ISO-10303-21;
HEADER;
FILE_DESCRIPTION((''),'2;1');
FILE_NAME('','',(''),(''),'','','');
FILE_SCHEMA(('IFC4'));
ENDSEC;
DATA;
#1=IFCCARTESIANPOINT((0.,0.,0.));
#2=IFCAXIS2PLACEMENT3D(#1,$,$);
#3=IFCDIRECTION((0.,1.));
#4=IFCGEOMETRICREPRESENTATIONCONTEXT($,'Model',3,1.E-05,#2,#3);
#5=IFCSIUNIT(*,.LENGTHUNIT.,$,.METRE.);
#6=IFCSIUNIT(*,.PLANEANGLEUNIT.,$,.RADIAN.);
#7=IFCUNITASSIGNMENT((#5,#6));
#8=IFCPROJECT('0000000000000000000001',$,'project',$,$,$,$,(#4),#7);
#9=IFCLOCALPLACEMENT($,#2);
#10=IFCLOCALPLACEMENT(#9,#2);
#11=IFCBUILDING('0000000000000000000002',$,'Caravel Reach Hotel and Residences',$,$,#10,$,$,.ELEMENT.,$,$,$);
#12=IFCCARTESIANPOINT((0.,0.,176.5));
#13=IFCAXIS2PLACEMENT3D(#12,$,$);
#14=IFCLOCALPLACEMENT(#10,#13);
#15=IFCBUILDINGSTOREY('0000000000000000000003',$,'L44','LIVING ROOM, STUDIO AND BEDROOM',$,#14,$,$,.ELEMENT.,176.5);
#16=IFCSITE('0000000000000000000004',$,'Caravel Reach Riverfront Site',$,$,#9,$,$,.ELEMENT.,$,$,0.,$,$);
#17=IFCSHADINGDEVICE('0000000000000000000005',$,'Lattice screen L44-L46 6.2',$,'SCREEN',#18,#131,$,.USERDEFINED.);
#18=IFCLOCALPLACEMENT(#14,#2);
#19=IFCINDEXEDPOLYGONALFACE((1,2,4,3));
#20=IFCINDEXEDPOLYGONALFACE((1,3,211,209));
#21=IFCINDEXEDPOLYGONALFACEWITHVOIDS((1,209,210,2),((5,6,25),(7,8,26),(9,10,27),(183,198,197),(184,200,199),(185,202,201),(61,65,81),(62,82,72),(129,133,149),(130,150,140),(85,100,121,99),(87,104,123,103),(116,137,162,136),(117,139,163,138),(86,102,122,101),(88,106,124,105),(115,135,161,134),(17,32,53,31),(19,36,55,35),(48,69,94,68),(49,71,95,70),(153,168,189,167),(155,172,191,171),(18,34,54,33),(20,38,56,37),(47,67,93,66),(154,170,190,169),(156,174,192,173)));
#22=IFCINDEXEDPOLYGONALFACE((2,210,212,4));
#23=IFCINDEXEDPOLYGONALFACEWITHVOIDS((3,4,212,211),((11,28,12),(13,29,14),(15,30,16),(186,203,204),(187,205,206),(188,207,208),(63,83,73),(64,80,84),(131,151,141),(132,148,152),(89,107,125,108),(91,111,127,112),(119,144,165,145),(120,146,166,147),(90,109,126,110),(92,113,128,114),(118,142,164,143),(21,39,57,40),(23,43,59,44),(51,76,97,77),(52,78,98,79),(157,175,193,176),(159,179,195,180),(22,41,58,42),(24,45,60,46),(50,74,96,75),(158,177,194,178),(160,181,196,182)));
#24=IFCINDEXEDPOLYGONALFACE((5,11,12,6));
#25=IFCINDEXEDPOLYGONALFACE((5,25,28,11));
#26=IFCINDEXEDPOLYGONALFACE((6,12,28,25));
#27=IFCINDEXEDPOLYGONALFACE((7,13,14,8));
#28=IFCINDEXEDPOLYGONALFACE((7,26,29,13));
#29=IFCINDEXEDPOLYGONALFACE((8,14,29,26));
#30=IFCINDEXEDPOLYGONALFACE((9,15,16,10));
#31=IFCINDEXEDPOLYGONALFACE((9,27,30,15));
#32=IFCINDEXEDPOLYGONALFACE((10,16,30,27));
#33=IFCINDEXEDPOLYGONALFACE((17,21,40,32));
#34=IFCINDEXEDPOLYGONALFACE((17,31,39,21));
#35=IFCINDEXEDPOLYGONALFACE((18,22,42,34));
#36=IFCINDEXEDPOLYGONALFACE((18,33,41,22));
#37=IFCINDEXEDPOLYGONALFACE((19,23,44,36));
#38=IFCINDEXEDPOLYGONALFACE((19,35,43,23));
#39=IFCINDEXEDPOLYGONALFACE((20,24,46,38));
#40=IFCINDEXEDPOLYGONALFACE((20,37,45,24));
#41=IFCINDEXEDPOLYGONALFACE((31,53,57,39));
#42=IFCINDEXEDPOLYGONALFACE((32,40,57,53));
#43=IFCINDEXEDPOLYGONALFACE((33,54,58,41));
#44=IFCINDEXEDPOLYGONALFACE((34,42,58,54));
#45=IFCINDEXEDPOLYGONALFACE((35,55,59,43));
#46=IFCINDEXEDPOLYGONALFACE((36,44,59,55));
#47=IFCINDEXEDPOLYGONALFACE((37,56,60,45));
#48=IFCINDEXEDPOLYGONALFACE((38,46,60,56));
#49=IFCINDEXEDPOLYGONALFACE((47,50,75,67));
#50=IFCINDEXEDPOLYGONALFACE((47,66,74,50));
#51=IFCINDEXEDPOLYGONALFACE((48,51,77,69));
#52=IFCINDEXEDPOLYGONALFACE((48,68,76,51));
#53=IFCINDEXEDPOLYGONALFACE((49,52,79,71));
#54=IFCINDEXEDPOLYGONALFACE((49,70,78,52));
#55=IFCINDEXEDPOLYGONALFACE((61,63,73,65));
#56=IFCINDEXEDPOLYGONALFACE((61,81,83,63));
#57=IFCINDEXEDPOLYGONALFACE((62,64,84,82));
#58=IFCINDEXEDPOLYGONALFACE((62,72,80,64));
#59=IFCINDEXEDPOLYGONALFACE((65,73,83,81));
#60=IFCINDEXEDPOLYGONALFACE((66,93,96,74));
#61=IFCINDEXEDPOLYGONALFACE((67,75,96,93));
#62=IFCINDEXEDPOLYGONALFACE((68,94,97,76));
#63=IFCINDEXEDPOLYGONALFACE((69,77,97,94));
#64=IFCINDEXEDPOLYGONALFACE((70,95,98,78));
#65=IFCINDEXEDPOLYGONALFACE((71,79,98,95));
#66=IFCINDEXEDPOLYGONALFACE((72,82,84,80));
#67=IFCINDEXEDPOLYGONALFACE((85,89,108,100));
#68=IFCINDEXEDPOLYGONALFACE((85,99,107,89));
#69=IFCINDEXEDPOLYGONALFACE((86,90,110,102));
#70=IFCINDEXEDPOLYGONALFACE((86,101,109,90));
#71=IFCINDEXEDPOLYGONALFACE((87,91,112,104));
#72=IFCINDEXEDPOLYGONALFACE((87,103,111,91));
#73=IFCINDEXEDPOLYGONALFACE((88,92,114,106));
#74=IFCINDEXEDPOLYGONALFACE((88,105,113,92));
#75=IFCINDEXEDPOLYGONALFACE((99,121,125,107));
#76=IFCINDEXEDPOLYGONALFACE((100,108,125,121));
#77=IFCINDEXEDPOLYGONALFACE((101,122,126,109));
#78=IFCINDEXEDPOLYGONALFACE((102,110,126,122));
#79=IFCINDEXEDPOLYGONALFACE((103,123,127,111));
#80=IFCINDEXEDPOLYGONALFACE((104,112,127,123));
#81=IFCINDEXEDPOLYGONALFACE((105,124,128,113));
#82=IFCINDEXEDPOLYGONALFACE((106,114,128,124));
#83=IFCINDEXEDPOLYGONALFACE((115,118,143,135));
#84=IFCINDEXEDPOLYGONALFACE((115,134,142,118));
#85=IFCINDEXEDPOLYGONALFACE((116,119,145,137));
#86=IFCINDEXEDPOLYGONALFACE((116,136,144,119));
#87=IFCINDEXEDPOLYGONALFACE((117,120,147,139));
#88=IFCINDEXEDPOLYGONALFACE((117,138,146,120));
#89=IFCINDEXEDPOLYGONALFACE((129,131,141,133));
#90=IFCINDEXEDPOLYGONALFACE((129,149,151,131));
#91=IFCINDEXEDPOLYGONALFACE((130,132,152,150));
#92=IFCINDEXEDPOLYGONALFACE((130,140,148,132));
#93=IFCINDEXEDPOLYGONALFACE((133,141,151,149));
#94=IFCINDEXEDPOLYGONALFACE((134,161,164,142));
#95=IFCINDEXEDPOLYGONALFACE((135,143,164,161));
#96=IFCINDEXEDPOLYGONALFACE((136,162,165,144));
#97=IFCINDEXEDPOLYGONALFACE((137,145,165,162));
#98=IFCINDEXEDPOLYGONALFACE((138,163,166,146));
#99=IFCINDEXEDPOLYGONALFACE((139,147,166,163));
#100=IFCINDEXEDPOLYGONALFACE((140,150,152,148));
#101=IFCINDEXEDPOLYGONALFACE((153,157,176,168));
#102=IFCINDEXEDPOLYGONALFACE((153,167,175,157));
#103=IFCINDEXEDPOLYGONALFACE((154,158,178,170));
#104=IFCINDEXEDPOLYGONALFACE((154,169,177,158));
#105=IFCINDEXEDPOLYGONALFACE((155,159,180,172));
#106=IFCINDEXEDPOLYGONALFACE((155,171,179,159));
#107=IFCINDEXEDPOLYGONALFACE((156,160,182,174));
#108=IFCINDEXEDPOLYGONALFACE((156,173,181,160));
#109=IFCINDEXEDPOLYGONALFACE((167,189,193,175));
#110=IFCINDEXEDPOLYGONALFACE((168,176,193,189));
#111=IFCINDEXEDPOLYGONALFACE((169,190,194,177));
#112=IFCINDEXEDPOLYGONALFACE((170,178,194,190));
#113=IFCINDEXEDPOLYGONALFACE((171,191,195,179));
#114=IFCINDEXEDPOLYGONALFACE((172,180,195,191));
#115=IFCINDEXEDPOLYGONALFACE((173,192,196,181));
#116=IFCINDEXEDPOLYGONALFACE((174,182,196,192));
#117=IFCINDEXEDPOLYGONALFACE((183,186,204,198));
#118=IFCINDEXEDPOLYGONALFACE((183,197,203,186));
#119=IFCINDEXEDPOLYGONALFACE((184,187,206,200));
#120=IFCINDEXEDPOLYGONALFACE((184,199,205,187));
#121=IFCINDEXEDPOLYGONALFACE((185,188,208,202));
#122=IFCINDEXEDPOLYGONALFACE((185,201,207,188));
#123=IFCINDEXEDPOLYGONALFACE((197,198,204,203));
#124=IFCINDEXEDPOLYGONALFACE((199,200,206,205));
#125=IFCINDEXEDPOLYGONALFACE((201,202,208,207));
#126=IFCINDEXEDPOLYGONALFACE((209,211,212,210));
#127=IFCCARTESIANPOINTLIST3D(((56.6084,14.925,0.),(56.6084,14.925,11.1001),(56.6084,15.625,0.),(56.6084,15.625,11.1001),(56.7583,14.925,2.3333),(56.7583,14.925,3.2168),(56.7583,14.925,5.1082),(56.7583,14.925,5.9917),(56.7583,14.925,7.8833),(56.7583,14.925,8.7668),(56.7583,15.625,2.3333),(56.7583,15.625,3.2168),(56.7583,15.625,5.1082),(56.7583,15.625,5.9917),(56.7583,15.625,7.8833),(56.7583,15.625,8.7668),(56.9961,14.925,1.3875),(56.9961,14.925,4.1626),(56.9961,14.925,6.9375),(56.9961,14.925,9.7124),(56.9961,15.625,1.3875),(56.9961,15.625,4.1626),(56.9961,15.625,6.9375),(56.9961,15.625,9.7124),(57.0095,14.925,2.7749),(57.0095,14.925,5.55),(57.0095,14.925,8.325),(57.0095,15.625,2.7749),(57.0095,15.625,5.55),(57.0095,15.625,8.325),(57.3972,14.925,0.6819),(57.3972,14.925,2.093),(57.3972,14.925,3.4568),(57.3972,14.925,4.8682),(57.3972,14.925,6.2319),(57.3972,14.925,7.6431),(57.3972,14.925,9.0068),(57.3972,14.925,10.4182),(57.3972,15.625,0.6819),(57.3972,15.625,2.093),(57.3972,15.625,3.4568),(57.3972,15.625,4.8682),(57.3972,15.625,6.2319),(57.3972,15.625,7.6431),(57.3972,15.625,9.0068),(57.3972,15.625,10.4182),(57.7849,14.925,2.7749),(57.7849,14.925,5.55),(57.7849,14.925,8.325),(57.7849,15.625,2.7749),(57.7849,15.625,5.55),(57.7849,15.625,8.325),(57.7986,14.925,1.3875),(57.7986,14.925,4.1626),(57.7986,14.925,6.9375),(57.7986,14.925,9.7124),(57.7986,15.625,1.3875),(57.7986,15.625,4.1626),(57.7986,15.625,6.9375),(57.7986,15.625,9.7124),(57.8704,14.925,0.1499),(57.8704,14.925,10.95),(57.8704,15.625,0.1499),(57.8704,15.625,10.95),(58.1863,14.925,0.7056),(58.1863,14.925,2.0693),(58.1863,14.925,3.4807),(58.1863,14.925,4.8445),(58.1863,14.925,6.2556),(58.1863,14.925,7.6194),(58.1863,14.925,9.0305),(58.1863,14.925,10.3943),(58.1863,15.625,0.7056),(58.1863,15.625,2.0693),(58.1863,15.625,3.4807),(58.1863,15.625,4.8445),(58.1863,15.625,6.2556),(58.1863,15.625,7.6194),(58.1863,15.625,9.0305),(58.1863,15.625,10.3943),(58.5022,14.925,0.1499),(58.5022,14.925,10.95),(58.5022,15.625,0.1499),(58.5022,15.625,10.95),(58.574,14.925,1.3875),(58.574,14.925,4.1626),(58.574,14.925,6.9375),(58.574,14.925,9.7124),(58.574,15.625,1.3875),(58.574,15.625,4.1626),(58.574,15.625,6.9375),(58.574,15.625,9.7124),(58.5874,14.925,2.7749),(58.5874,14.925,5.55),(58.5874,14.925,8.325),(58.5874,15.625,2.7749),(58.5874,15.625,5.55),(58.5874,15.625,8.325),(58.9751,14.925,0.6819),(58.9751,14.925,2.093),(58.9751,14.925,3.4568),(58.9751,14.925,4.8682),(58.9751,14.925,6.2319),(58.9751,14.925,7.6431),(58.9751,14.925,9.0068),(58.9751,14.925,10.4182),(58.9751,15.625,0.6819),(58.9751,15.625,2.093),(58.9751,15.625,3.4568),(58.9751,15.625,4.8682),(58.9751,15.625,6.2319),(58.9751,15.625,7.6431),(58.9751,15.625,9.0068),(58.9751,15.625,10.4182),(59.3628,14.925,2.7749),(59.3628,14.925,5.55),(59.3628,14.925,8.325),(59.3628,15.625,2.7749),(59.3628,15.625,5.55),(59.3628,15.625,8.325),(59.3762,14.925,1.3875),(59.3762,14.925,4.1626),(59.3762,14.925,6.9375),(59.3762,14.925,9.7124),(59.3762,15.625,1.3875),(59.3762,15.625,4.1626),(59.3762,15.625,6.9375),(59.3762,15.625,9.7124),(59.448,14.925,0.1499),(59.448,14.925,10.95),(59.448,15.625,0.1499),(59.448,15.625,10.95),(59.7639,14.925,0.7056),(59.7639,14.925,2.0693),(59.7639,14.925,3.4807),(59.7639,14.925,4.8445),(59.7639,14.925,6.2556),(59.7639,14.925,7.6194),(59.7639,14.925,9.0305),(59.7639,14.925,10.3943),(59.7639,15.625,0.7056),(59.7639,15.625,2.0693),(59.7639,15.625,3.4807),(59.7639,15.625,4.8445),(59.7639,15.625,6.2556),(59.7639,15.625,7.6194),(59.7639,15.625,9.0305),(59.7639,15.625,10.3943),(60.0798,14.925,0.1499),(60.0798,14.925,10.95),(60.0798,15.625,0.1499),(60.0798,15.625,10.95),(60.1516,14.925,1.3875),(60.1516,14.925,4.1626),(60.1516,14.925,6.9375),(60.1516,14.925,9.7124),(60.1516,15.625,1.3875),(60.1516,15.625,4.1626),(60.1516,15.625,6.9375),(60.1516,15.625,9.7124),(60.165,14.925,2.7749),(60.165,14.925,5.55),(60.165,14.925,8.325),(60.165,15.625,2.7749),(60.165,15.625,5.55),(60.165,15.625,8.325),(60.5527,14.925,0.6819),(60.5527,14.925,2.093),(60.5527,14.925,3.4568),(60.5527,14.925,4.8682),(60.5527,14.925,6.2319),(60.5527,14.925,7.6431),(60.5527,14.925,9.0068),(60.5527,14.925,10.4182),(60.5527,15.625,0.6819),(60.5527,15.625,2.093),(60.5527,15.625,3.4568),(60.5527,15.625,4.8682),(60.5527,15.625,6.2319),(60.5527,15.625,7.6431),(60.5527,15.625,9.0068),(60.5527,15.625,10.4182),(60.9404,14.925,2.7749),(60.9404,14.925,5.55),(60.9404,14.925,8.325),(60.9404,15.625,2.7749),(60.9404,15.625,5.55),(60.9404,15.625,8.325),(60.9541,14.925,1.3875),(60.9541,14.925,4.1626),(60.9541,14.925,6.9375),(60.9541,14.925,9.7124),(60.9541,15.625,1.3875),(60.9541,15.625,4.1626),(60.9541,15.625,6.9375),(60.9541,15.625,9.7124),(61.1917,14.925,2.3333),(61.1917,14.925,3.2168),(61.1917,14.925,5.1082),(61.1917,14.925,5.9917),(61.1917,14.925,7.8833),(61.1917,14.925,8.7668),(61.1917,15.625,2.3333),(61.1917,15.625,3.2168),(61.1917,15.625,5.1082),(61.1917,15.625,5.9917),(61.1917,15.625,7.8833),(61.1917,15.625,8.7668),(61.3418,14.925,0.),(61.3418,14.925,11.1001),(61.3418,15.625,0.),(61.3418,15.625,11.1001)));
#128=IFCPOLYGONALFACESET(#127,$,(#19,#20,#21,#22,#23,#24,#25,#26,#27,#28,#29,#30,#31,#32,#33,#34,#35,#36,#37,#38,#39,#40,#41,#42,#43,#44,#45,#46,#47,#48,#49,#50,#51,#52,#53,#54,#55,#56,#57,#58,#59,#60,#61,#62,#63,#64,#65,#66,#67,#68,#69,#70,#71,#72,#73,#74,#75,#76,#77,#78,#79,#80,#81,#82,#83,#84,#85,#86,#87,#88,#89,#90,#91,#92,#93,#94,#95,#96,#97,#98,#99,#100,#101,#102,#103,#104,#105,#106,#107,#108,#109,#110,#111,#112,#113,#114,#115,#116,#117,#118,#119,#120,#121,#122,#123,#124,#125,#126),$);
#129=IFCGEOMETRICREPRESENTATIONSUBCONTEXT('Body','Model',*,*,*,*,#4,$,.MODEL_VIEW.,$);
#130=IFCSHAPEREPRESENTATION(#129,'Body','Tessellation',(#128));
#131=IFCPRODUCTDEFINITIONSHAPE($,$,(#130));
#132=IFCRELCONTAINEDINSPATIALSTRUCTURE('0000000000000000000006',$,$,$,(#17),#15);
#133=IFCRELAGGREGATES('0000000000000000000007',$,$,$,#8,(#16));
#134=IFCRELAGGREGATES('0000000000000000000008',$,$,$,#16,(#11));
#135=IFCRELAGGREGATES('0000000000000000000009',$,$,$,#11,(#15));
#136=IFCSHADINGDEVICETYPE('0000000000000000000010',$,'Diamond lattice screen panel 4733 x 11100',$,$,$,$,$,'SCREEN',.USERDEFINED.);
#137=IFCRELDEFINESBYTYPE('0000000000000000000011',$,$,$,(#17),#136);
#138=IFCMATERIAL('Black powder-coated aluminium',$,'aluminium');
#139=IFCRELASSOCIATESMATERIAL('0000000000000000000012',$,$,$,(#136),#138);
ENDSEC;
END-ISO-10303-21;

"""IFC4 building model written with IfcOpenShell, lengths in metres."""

from ifc_helpers import new_model, si_unit, direction, frame, origin, place, context, subcontext, project, spatial, polyline, outline, extrude, material, type_object, element, save


model = new_model("IFC4")

# Units and contexts
model_context = context("Model", 3, precision=1e-05, world=origin(), true_north=direction((0.0, 1.0)))
body_context = subcontext(model_context, "Body", "Model", "MODEL_VIEW")
ifc_project = project(units=[si_unit("LENGTHUNIT", "METRE"), si_unit("PLANEANGLEUNIT", "RADIAN")], contexts=[model_context])

# Site, building, storey
site_placement = place(None, origin())
site = spatial("IfcSite", under=ifc_project, at=site_placement, Name="Caravel Reach Riverfront Site", CompositionType="ELEMENT", RefElevation=0.0)
building_placement = place(site_placement, origin())
building = spatial("IfcBuilding", under=site, at=building_placement, Name="Caravel Reach Hotel and Residences", CompositionType="ELEMENT")
storey_placement = place(building_placement, frame((0.0, 0.0, 176.5)))
storey = spatial("IfcBuildingStorey", under=building, at=storey_placement, Name="L44", Description="LIVING ROOM, STUDIO AND BEDROOM", CompositionType="ELEMENT", Elevation=176.5)

# Shading device
ifc_material_1 = material(Name="Black powder-coated aluminium", Category="aluminium")
shading_device_type_1 = type_object("IfcShadingDeviceType", Name="Diamond lattice screen panel 4733 x 11100", ElementType="SCREEN", PredefinedType="USERDEFINED", material=ifc_material_1)
shading_device_1_placement = place(storey_placement, frame((56.6084, 15.625, 0.0), z_axis=(0.0, -1.0, 0.0), x_axis=(1.0, 0.0, 0.0)))
element("IfcShadingDevice", 1, at=shading_device_1_placement, inside=storey, type_object=shading_device_type_1, Name="Lattice screen L44-L46 6.2", ObjectType="SCREEN", PredefinedType="USERDEFINED", context=body_context, shape_type="SweptSolid", body=[
    extrude(outline(polyline([(0.0, 0.0), (4.7334, 0.0), (4.7334, 11.1001), (0.0, 11.1001), (0.0, 0.0)]), holes=[polyline([(0.4011, 2.7749), (0.1499, 3.2168), (0.1499, 2.3333), (0.4011, 2.7749)]), polyline([(0.4011, 5.55), (0.1499, 5.9917), (0.1499, 5.1082), (0.4011, 5.55)]), polyline([(0.4011, 8.325), (0.1499, 8.7668), (0.1499, 7.8833), (0.4011, 8.325)]), polyline([(0.7888, 2.093), (0.3877, 1.3875), (0.7888, 0.6819), (1.1902, 1.3875), (0.7888, 2.093)]), polyline([(0.7888, 4.8682), (0.3877, 4.1626), (0.7888, 3.4568), (1.1902, 4.1626), (0.7888, 4.8682)]), polyline([(0.7888, 7.6431), (0.3877, 6.9375), (0.7888, 6.2319), (1.1902, 6.9375), (0.7888, 7.6431)]), polyline([(0.7888, 10.4182), (0.3877, 9.7124), (0.7888, 9.0068), (1.1902, 9.7124), (0.7888, 10.4182)]), polyline([(1.5779, 0.7056), (1.262, 0.1499), (1.8938, 0.1499), (1.5779, 0.7056)]), polyline([(1.5779, 3.4807), (1.1765, 2.7749), (1.5779, 2.0693), (1.979, 2.7749), (1.5779, 3.4807)]), polyline([(1.5779, 6.2556), (1.1765, 5.55), (1.5779, 4.8445), (1.979, 5.55), (1.5779, 6.2556)]), polyline([(1.5779, 9.0305), (1.1765, 8.325), (1.5779, 7.6194), (1.979, 8.325), (1.5779, 9.0305)]), polyline([(1.5779, 10.3943), (1.8938, 10.95), (1.262, 10.95), (1.5779, 10.3943)]), polyline([(2.3667, 2.093), (1.9656, 1.3875), (2.3667, 0.6819), (2.7678, 1.3875), (2.3667, 2.093)]), polyline([(2.3667, 4.8682), (1.9656, 4.1626), (2.3667, 3.4568), (2.7678, 4.1626), (2.3667, 4.8682)]), polyline([(2.3667, 7.6431), (1.9656, 6.9375), (2.3667, 6.2319), (2.7678, 6.9375), (2.3667, 7.6431)]), polyline([(2.3667, 10.4182), (1.9656, 9.7124), (2.3667, 9.0068), (2.7678, 9.7124), (2.3667, 10.4182)]), polyline([(3.1555, 0.7056), (2.8396, 0.1499), (3.4714, 0.1499), (3.1555, 0.7056)]), polyline([(3.1555, 3.4807), (2.7544, 2.7749), (3.1555, 2.0693), (3.5566, 2.7749), (3.1555, 3.4807)]), polyline([(3.1555, 6.2556), (2.7544, 5.55), (3.1555, 4.8445), (3.5566, 5.55), (3.1555, 6.2556)]), polyline([(3.1555, 9.0305), (2.7544, 8.325), (3.1555, 7.6194), (3.5566, 8.325), (3.1555, 9.0305)]), polyline([(3.1555, 10.3943), (3.4714, 10.95), (2.8396, 10.95), (3.1555, 10.3943)]), polyline([(3.9443, 2.093), (3.5432, 1.3875), (3.9443, 0.6819), (4.3457, 1.3875), (3.9443, 2.093)]), polyline([(3.9443, 4.8682), (3.5432, 4.1626), (3.9443, 3.4568), (4.3457, 4.1626), (3.9443, 4.8682)]), polyline([(3.9443, 7.6431), (3.5432, 6.9375), (3.9443, 6.2319), (4.3457, 6.9375), (3.9443, 7.6431)]), polyline([(3.9443, 10.4182), (3.5432, 9.7124), (3.9443, 9.0068), (4.3457, 9.7124), (3.9443, 10.4182)]), polyline([(4.332, 2.7749), (4.5833, 2.3333), (4.5833, 3.2168), (4.332, 2.7749)]), polyline([(4.332, 5.55), (4.5833, 5.1082), (4.5833, 5.9917), (4.332, 5.55)]), polyline([(4.332, 8.325), (4.5833, 7.8833), (4.5833, 8.7668), (4.332, 8.325)])]), origin(), (0.0, 0.0, 1.0), 0.7),
])

save(model, "model.ifc")
